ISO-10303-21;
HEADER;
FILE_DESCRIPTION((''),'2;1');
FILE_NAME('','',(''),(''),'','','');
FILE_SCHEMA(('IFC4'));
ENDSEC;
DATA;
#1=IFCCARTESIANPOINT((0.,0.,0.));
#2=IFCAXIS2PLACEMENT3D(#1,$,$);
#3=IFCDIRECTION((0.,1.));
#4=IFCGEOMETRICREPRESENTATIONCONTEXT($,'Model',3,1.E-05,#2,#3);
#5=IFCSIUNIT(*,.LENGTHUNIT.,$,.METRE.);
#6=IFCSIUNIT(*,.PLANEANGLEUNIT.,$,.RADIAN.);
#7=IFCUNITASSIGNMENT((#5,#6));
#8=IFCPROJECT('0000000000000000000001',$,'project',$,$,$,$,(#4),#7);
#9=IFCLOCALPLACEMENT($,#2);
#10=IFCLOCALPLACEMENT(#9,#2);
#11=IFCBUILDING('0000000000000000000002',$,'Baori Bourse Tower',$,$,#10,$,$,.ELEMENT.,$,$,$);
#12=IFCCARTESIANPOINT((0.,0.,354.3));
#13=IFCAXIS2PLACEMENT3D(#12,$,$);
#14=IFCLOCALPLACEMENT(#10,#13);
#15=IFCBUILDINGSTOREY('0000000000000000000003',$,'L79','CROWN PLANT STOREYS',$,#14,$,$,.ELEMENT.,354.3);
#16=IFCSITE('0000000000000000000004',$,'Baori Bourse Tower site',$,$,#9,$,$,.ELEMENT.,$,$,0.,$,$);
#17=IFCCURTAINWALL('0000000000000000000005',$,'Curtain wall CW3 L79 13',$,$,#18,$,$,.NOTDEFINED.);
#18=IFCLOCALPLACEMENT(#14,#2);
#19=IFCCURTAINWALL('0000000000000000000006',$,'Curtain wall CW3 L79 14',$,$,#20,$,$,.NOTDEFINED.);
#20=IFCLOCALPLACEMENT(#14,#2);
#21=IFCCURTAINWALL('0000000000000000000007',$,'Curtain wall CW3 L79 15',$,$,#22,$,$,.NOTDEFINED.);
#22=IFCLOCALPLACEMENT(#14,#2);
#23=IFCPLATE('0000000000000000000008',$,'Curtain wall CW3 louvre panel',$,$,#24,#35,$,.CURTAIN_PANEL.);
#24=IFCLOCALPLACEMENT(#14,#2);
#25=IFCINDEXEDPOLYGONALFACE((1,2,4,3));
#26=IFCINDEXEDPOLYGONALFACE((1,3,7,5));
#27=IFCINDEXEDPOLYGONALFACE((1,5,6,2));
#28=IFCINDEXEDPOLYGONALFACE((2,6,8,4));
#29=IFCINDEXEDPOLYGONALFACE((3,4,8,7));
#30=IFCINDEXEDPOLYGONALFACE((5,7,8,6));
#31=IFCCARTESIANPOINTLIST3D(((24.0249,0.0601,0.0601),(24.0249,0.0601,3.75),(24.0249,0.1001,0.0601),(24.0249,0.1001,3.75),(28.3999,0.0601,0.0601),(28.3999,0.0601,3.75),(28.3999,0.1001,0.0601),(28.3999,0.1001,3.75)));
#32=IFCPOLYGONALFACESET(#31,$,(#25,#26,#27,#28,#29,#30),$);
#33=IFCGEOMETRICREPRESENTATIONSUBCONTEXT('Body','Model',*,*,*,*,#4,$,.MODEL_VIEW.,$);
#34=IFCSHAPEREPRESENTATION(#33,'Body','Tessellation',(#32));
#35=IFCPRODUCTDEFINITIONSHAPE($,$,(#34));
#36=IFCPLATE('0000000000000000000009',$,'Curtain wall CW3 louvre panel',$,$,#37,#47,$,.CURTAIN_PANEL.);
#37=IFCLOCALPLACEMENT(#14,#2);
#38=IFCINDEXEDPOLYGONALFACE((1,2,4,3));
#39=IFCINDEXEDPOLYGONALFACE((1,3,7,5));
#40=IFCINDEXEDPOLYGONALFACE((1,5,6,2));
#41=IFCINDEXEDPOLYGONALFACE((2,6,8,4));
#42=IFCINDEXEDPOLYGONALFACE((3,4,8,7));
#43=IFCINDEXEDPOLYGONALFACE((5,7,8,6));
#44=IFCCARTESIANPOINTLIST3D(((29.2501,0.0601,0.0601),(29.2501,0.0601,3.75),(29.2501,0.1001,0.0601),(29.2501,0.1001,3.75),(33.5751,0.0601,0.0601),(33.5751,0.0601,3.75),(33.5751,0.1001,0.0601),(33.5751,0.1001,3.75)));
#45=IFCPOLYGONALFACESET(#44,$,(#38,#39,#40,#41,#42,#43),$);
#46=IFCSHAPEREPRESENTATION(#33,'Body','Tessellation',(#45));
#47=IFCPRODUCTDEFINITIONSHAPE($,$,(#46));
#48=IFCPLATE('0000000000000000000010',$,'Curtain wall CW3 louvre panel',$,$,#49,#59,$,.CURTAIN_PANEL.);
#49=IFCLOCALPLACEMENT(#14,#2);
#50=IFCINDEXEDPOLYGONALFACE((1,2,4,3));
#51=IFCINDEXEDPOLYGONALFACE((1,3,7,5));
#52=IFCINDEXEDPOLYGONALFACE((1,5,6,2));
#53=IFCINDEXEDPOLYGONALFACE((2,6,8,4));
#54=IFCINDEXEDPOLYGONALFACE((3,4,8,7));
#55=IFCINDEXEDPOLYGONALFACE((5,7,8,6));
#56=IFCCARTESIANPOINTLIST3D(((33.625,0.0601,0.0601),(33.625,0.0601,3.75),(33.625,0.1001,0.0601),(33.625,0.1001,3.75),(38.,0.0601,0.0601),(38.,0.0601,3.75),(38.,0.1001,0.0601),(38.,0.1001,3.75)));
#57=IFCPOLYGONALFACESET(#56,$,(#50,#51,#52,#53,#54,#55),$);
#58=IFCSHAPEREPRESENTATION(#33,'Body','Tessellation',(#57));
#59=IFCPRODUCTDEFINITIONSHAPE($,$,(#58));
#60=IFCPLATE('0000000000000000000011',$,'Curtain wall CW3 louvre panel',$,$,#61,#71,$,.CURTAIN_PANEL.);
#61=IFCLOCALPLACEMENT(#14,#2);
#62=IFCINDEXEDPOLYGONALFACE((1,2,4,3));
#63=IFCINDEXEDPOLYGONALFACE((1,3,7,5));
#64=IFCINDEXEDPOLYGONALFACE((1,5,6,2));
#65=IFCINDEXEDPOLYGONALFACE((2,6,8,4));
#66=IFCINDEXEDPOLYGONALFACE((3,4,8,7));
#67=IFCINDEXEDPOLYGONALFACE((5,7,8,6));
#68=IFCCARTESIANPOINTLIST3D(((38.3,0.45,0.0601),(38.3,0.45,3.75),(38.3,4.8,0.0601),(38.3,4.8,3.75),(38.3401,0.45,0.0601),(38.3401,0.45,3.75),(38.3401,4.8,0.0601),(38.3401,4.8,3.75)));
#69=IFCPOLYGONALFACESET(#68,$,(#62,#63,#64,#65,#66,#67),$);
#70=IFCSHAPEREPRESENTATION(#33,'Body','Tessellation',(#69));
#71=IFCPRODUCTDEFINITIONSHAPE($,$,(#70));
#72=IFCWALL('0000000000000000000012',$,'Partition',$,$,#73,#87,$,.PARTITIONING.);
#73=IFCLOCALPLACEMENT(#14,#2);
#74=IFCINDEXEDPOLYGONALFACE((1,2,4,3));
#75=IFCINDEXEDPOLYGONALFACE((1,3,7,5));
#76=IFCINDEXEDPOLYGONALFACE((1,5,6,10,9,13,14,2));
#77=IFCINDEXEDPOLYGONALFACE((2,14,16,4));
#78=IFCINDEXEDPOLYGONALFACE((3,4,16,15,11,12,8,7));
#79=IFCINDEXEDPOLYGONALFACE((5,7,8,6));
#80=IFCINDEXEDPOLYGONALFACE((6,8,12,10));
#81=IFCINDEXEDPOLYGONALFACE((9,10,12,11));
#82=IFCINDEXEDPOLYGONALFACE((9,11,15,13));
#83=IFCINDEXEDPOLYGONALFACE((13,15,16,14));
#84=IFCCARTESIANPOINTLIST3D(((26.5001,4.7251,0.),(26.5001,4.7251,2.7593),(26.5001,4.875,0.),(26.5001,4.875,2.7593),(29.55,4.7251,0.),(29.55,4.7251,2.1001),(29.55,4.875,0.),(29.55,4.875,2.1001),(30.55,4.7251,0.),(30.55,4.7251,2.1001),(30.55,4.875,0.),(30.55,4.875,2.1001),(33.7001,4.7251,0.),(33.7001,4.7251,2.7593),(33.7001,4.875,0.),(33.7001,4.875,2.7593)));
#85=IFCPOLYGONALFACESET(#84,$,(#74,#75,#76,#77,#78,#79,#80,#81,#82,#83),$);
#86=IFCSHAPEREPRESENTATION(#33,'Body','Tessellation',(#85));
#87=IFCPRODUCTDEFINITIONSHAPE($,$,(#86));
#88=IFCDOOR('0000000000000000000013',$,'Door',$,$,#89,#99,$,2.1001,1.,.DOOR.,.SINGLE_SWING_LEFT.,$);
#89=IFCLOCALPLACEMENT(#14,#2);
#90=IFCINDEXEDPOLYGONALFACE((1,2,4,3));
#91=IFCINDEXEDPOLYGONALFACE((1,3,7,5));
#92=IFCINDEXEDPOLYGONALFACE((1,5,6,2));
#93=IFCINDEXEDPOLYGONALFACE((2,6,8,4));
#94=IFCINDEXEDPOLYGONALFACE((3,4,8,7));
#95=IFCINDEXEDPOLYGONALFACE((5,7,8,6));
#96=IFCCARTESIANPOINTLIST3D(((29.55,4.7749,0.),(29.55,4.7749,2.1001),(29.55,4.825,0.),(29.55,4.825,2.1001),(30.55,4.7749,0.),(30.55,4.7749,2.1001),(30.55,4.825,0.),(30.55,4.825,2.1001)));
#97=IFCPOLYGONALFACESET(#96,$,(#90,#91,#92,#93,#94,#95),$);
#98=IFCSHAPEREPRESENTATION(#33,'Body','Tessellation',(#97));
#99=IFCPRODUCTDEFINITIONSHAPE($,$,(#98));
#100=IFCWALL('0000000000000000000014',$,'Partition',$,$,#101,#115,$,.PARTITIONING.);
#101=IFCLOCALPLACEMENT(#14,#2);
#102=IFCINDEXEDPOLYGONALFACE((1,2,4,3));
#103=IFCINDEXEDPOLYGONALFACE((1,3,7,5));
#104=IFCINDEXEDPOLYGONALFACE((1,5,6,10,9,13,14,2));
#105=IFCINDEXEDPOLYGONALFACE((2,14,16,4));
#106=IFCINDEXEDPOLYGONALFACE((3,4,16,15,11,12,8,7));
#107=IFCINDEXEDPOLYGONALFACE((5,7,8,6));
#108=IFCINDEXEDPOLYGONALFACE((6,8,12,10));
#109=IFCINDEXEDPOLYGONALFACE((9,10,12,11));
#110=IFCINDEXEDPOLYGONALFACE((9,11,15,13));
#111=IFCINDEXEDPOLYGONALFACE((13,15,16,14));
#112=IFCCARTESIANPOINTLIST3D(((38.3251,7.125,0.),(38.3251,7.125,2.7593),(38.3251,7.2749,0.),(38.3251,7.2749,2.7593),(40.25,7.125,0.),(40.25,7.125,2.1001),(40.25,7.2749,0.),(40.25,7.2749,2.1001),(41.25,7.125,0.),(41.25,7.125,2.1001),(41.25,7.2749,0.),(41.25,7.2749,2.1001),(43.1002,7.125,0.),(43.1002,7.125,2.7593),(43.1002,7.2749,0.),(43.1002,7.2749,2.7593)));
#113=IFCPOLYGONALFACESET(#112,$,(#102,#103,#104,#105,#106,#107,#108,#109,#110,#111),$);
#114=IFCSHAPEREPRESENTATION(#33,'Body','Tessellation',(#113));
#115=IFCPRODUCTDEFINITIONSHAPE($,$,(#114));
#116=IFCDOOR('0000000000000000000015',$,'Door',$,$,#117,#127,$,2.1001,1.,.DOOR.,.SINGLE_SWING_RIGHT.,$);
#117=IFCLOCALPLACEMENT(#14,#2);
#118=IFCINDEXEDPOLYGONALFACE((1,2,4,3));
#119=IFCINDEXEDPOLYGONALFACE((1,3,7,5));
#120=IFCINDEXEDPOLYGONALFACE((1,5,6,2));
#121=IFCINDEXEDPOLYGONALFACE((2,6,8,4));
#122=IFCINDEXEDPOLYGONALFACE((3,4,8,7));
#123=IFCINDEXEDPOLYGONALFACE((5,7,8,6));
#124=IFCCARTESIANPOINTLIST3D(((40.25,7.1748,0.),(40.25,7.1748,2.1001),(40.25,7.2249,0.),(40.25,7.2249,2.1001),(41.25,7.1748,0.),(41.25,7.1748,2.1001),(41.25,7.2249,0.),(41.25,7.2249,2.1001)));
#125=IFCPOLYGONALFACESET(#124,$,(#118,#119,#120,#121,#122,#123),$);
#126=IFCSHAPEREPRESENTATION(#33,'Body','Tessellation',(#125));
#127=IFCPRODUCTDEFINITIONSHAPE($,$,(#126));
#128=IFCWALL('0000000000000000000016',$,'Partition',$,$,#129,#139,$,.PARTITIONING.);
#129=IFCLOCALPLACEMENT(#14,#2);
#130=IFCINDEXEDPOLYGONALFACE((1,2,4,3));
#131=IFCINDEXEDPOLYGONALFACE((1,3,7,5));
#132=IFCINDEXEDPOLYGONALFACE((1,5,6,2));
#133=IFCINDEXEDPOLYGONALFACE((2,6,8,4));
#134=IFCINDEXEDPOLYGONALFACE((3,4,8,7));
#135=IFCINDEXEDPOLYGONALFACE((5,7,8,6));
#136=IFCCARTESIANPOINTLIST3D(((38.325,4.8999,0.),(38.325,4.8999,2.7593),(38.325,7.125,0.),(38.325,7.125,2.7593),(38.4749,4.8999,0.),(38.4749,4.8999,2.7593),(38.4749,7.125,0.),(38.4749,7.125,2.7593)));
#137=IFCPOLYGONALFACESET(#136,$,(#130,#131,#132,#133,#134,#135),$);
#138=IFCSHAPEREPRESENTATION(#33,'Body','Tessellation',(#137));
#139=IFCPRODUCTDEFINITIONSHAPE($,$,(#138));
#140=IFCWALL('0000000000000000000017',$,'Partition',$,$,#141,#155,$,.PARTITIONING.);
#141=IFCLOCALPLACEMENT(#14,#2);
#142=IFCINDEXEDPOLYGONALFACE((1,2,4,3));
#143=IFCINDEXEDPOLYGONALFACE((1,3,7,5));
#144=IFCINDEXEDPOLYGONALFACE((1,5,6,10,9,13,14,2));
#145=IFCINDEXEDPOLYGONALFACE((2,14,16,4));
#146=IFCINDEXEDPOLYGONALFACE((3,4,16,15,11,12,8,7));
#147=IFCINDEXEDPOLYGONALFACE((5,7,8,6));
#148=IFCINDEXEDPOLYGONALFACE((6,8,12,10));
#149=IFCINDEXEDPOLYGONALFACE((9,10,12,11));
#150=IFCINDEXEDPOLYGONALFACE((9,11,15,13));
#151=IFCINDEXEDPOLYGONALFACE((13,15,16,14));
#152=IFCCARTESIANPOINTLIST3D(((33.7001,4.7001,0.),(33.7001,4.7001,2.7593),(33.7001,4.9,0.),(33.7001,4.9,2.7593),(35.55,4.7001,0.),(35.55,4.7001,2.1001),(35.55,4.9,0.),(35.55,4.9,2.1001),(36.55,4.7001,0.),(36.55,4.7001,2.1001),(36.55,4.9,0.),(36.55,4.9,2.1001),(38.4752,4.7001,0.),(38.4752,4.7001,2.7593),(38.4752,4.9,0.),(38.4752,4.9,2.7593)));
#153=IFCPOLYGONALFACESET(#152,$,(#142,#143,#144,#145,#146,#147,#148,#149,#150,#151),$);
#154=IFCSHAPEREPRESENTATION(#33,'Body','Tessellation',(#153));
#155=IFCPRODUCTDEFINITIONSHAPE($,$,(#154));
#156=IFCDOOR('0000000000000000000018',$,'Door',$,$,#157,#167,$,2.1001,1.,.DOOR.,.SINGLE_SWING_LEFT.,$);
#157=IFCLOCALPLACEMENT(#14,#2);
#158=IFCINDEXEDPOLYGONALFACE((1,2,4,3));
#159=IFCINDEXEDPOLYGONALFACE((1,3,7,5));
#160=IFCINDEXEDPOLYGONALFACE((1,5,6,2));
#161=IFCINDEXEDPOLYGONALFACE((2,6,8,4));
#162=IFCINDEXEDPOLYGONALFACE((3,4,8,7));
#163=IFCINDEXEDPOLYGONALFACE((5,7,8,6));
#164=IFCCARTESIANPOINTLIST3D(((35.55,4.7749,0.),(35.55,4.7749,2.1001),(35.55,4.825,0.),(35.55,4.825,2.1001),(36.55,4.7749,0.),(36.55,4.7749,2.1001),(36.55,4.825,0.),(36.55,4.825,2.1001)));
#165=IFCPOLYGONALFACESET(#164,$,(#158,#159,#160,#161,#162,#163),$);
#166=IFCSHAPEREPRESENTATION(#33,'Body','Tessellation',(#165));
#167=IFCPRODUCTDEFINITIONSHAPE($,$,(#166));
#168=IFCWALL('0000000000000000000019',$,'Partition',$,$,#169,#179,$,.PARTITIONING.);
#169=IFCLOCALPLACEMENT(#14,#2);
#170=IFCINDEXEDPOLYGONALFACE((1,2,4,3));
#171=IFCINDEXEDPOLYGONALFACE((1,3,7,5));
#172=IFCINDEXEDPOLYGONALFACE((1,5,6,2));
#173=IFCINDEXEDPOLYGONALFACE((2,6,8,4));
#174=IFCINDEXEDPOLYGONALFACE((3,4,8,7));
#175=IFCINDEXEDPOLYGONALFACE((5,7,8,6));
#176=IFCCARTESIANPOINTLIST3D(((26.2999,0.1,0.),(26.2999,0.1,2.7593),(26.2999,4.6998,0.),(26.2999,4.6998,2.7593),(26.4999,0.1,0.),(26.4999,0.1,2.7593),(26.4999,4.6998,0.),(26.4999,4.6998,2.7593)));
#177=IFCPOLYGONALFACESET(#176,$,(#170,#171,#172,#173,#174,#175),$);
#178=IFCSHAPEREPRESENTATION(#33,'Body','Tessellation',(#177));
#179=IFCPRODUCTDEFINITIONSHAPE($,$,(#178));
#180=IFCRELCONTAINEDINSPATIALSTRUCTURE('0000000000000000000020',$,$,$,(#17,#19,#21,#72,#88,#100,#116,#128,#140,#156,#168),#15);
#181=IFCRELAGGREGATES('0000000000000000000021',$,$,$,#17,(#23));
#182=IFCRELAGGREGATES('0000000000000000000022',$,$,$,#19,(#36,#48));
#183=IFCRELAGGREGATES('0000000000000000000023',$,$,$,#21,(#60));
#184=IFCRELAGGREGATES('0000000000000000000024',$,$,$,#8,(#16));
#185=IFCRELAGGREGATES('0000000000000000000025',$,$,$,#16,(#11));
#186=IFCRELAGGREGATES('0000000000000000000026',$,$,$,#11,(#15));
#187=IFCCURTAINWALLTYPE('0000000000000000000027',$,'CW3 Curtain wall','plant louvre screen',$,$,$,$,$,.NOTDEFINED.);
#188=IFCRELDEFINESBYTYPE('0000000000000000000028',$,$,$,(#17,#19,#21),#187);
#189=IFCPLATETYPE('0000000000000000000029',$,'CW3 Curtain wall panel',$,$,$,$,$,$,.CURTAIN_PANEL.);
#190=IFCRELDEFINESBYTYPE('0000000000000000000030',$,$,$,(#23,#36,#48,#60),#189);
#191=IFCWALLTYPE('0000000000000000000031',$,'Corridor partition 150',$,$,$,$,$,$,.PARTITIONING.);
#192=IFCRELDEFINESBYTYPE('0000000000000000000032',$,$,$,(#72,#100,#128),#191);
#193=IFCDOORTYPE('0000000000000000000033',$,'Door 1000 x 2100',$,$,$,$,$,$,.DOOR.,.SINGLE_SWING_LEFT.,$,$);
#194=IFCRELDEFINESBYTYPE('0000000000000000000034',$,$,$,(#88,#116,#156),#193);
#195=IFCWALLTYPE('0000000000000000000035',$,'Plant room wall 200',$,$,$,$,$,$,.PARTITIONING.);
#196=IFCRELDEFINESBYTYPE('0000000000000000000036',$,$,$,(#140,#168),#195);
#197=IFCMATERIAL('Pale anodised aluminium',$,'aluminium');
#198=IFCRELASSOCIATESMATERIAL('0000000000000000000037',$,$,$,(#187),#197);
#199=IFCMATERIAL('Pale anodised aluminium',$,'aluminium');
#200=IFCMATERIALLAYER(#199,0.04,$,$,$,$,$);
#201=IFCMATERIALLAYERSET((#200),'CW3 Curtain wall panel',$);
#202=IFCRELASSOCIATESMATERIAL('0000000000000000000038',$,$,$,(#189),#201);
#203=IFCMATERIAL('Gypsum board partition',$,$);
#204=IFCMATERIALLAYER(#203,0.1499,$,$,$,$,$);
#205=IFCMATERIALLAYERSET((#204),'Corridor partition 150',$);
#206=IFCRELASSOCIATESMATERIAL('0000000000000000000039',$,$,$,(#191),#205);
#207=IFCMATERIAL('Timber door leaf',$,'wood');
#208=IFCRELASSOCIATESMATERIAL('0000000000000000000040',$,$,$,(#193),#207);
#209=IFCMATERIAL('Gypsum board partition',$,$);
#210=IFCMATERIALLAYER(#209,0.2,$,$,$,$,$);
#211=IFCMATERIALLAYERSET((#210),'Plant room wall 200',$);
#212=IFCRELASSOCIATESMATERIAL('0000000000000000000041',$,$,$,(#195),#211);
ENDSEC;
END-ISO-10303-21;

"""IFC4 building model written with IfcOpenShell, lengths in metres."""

from ifc_helpers import new_model, si_unit, direction, frame, frame_2d, origin, origin_2d, place, context, subcontext, project, spatial, rectangle, extrude, material, layer, layer_set, type_object, element, fill, aggregate, save


model = new_model("IFC4")

# Units and contexts
model_context = context("Model", 3, precision=1e-05, world=origin(), true_north=direction((0.0, 1.0)))
body_context = subcontext(model_context, "Body", "Model", "MODEL_VIEW")
ifc_project = project(units=[si_unit("LENGTHUNIT", "METRE"), si_unit("PLANEANGLEUNIT", "RADIAN")], contexts=[model_context])

# Site, building, storey
site_placement = place(None, origin())
site = spatial("IfcSite", under=ifc_project, at=site_placement, Name="Baori Bourse Tower site", CompositionType="ELEMENT", RefElevation=0.0)
building_placement = place(site_placement, origin())
building = spatial("IfcBuilding", under=site, at=building_placement, Name="Baori Bourse Tower", CompositionType="ELEMENT")
storey_placement = place(building_placement, frame((0.0, 0.0, 354.3)))
storey = spatial("IfcBuildingStorey", under=building, at=storey_placement, Name="L79", Description="CROWN PLANT STOREYS", CompositionType="ELEMENT", Elevation=354.3)

# Curtain wall
ifc_material_1 = material(Name="Pale anodised aluminium", Category="aluminium")
curtain_wall_type = type_object("IfcCurtainWallType", Name="CW3 Curtain wall", Description="plant louvre screen", PredefinedType="NOTDEFINED", material=ifc_material_1)
curtain_wall_1_placement = place(storey_placement, origin())
curtain_wall_1 = element("IfcCurtainWall", 1, at=curtain_wall_1_placement, inside=storey, type_object=curtain_wall_type, Name="Curtain wall CW3 L79 13", PredefinedType="NOTDEFINED")

# Curtain wall
curtain_wall_2_placement = place(storey_placement, origin())
curtain_wall_2 = element("IfcCurtainWall", 2, at=curtain_wall_2_placement, inside=storey, type_object=curtain_wall_type, Name="Curtain wall CW3 L79 14", PredefinedType="NOTDEFINED")

# Curtain wall
curtain_wall_3_placement = place(storey_placement, origin())
curtain_wall_3 = element("IfcCurtainWall", 3, at=curtain_wall_3_placement, inside=storey, type_object=curtain_wall_type, Name="Curtain wall CW3 L79 15", PredefinedType="NOTDEFINED")

# Plates
ifc_material_2 = material(Name="Pale anodised aluminium", Category="aluminium")
ifc_layer_1 = layer(ifc_material_2, 0.04)
ifc_layer_set_1 = layer_set([ifc_layer_1], Name="CW3 Curtain wall panel")
plate_type = type_object("IfcPlateType", Name="CW3 Curtain wall panel", PredefinedType="CURTAIN_PANEL", material=ifc_layer_set_1)
plate_1_placement = place(storey_placement, frame((26.2124, 0.0801, 0.0601), z_axis=(0.0, 0.0, 1.0), x_axis=(1.0, 0.0, 0.0)))
plate_1 = element("IfcPlate", 4, at=plate_1_placement, type_object=plate_type, Name="Curtain wall CW3 louvre panel", PredefinedType="CURTAIN_PANEL", context=body_context, shape_type="SweptSolid", body=[
    extrude(rectangle(XDim=4.375, YDim=0.04, at=origin_2d()), origin(), (0.0, 0.0, 1.0), 3.6899),
])
aggregate(curtain_wall_1, [plate_1])
plate_2_placement = place(storey_placement, frame((31.4126, 0.0801, 0.0601), z_axis=(0.0, 0.0, 1.0), x_axis=(1.0, 0.0, 0.0)))
plate_2 = element("IfcPlate", 5, at=plate_2_placement, type_object=plate_type, Name="Curtain wall CW3 louvre panel", PredefinedType="CURTAIN_PANEL", context=body_context, shape_type="SweptSolid", body=[
    extrude(rectangle(XDim=4.325, YDim=0.04, at=origin_2d()), origin(), (0.0, 0.0, 1.0), 3.6899),
])
plate_3_placement = place(storey_placement, frame((35.8125, 0.0801, 0.0601), z_axis=(0.0, 0.0, 1.0), x_axis=(1.0, 0.0, 0.0)))
plate_3 = element("IfcPlate", 6, at=plate_3_placement, type_object=plate_type, Name="Curtain wall CW3 louvre panel", PredefinedType="CURTAIN_PANEL", context=body_context, shape_type="SweptSolid", body=[
    extrude(rectangle(XDim=4.375, YDim=0.04, at=origin_2d()), origin(), (0.0, 0.0, 1.0), 3.6899),
])
aggregate(curtain_wall_2, [plate_2, plate_3])
plate_4_placement = place(storey_placement, frame((38.3201, 2.625, 0.0601), z_axis=(0.0, 0.0, 1.0), x_axis=(0.0, 1.0, 0.0)))
plate_4 = element("IfcPlate", 7, at=plate_4_placement, type_object=plate_type, Name="Curtain wall CW3 louvre panel", PredefinedType="CURTAIN_PANEL", context=body_context, shape_type="SweptSolid", body=[
    extrude(rectangle(XDim=4.3501, YDim=0.04, at=origin_2d()), origin(), (0.0, 0.0, 1.0), 3.6899),
])
aggregate(curtain_wall_3, [plate_4])

# Walls, openings, doors
ifc_material_3 = material(Name="Gypsum board partition")
ifc_layer_2 = layer(ifc_material_3, 0.1499)
ifc_layer_set_2 = layer_set([ifc_layer_2], Name="Corridor partition 150")
wall_type_1 = type_object("IfcWallType", Name="Corridor partition 150", PredefinedType="PARTITIONING", material=ifc_layer_set_2)
wall_1_placement = place(storey_placement, frame((26.5, 4.8, 0.0), z_axis=(0.0, 0.0, 1.0), x_axis=(1.0, 0.0, 0.0)))
wall_1 = element("IfcWall", 8, at=wall_1_placement, inside=storey, type_object=wall_type_1, Name="Partition", PredefinedType="PARTITIONING", context=body_context, shape_type="SweptSolid", body=[
    extrude(rectangle(XDim=7.2, YDim=0.1499, at=frame_2d((3.6001, 0.0))), origin(), (0.0, 0.0, 1.0), 2.7593),
])
opening_1_placement = place(wall_1_placement, frame((3.05, 0.0, 0.0)))
opening_1 = element("IfcOpeningElement", 9, at=opening_1_placement, cuts=wall_1, PredefinedType="OPENING", context=body_context, shape_type="SweptSolid", body=[
    extrude(rectangle(XDim=1.0, YDim=2.1001, at=frame_2d((0.5, 1.05))), frame((0.0, 0.085, 0.0), z_axis=(0.0, -1.0, 0.0), x_axis=(1.0, 0.0, 0.0)), (0.0, 0.0, 1.0), 0.1699),
])
ifc_material_4 = material(Name="Timber door leaf", Category="wood")
door_type = type_object("IfcDoorType", Name="Door 1000 x 2100", OperationType="SINGLE_SWING_LEFT", PredefinedType="DOOR", material=ifc_material_4)
door_1_placement = place(opening_1_placement, origin())
door_1 = element("IfcDoor", 10, at=door_1_placement, inside=storey, type_object=door_type, Name="Door", OperationType="SINGLE_SWING_LEFT", OverallHeight=2.1001, OverallWidth=1.0, PredefinedType="DOOR", context=body_context, shape_type="SweptSolid", body=[
    extrude(rectangle(XDim=1.0, YDim=2.1001, at=frame_2d((0.5, 1.05))), frame((0.0, 0.0249, 0.0), z_axis=(0.0, -1.0, 0.0), x_axis=(1.0, 0.0, 0.0)), (0.0, 0.0, 1.0), 0.05),
])
fill(opening_1, door_1)
wall_2_placement = place(storey_placement, frame((38.325, 7.2, 0.0), z_axis=(0.0, 0.0, 1.0), x_axis=(1.0, 0.0, 0.0)))
wall_2 = element("IfcWall", 11, at=wall_2_placement, inside=storey, type_object=wall_type_1, Name="Partition", PredefinedType="PARTITIONING", context=body_context, shape_type="SweptSolid", body=[
    extrude(rectangle(XDim=4.7751, YDim=0.1499, at=frame_2d((2.3877, 0.0))), origin(), (0.0, 0.0, 1.0), 2.7593),
])
opening_2_placement = place(wall_2_placement, frame((1.925, 0.0, 0.0)))
opening_2 = element("IfcOpeningElement", 12, at=opening_2_placement, cuts=wall_2, PredefinedType="OPENING", context=body_context, shape_type="SweptSolid", body=[
    extrude(rectangle(XDim=1.0, YDim=2.1001, at=frame_2d((0.5, 1.05))), frame((0.0, 0.085, 0.0), z_axis=(0.0, -1.0, 0.0), x_axis=(1.0, 0.0, 0.0)), (0.0, 0.0, 1.0), 0.1699),
])
door_2_placement = place(opening_2_placement, origin())
door_2 = element("IfcDoor", 13, at=door_2_placement, inside=storey, type_object=door_type, Name="Door", OperationType="SINGLE_SWING_RIGHT", OverallHeight=2.1001, OverallWidth=1.0, PredefinedType="DOOR", context=body_context, shape_type="SweptSolid", body=[
    extrude(rectangle(XDim=1.0, YDim=2.1001, at=frame_2d((0.5, 1.05))), frame((0.0, 0.0249, 0.0), z_axis=(0.0, -1.0, 0.0), x_axis=(1.0, 0.0, 0.0)), (0.0, 0.0, 1.0), 0.05),
])
fill(opening_2, door_2)

# Wall
wall_3_placement = place(storey_placement, frame((38.3999, 4.8999, 0.0), z_axis=(0.0, 0.0, 1.0), x_axis=(0.0, 1.0, 0.0)))
element("IfcWall", 14, at=wall_3_placement, inside=storey, type_object=wall_type_1, Name="Partition", PredefinedType="PARTITIONING", context=body_context, shape_type="SweptSolid", body=[
    extrude(rectangle(XDim=2.2251, YDim=0.1499, at=frame_2d((1.1125, 0.0))), origin(), (0.0, 0.0, 1.0), 2.7593),
])

# Wall, opening, door
ifc_material_5 = material(Name="Gypsum board partition")
ifc_layer_3 = layer(ifc_material_5, 0.2)
ifc_layer_set_3 = layer_set([ifc_layer_3], Name="Plant room wall 200")
wall_type_2 = type_object("IfcWallType", Name="Plant room wall 200", PredefinedType="PARTITIONING", material=ifc_layer_set_3)
wall_4_placement = place(storey_placement, frame((33.7, 4.8, 0.0), z_axis=(0.0, 0.0, 1.0), x_axis=(1.0, 0.0, 0.0)))
wall_4 = element("IfcWall", 15, at=wall_4_placement, inside=storey, type_object=wall_type_2, Name="Partition", PredefinedType="PARTITIONING", context=body_context, shape_type="SweptSolid", body=[
    extrude(rectangle(XDim=4.7751, YDim=0.2, at=frame_2d((2.3877, 0.0))), origin(), (0.0, 0.0, 1.0), 2.7593),
])
opening_3_placement = place(wall_4_placement, frame((1.8501, 0.0, 0.0)))
opening_3 = element("IfcOpeningElement", 16, at=opening_3_placement, cuts=wall_4, PredefinedType="OPENING", context=body_context, shape_type="SweptSolid", body=[
    extrude(rectangle(XDim=1.0, YDim=2.1001, at=frame_2d((0.5, 1.05))), frame((0.0, 0.1099, 0.0), z_axis=(0.0, -1.0, 0.0), x_axis=(1.0, 0.0, 0.0)), (0.0, 0.0, 1.0), 0.22),
])
door_3_placement = place(opening_3_placement, origin())
door_3 = element("IfcDoor", 17, at=door_3_placement, inside=storey, type_object=door_type, Name="Door", OperationType="SINGLE_SWING_LEFT", OverallHeight=2.1001, OverallWidth=1.0, PredefinedType="DOOR", context=body_context, shape_type="SweptSolid", body=[
    extrude(rectangle(XDim=1.0, YDim=2.1001, at=frame_2d((0.5, 1.05))), frame((0.0, 0.0249, 0.0), z_axis=(0.0, -1.0, 0.0), x_axis=(1.0, 0.0, 0.0)), (0.0, 0.0, 1.0), 0.05),
])
fill(opening_3, door_3)

# Wall
wall_5_placement = place(storey_placement, frame((26.3999, 0.1001, 0.0), z_axis=(0.0, 0.0, 1.0), x_axis=(0.0, 1.0, 0.0)))
element("IfcWall", 18, at=wall_5_placement, inside=storey, type_object=wall_type_2, Name="Partition", PredefinedType="PARTITIONING", context=body_context, shape_type="SweptSolid", body=[
    extrude(rectangle(XDim=4.5999, YDim=0.2, at=frame_2d((2.2998, 0.0))), origin(), (0.0, 0.0, 1.0), 2.7593),
])

save(model, "model.ifc")
